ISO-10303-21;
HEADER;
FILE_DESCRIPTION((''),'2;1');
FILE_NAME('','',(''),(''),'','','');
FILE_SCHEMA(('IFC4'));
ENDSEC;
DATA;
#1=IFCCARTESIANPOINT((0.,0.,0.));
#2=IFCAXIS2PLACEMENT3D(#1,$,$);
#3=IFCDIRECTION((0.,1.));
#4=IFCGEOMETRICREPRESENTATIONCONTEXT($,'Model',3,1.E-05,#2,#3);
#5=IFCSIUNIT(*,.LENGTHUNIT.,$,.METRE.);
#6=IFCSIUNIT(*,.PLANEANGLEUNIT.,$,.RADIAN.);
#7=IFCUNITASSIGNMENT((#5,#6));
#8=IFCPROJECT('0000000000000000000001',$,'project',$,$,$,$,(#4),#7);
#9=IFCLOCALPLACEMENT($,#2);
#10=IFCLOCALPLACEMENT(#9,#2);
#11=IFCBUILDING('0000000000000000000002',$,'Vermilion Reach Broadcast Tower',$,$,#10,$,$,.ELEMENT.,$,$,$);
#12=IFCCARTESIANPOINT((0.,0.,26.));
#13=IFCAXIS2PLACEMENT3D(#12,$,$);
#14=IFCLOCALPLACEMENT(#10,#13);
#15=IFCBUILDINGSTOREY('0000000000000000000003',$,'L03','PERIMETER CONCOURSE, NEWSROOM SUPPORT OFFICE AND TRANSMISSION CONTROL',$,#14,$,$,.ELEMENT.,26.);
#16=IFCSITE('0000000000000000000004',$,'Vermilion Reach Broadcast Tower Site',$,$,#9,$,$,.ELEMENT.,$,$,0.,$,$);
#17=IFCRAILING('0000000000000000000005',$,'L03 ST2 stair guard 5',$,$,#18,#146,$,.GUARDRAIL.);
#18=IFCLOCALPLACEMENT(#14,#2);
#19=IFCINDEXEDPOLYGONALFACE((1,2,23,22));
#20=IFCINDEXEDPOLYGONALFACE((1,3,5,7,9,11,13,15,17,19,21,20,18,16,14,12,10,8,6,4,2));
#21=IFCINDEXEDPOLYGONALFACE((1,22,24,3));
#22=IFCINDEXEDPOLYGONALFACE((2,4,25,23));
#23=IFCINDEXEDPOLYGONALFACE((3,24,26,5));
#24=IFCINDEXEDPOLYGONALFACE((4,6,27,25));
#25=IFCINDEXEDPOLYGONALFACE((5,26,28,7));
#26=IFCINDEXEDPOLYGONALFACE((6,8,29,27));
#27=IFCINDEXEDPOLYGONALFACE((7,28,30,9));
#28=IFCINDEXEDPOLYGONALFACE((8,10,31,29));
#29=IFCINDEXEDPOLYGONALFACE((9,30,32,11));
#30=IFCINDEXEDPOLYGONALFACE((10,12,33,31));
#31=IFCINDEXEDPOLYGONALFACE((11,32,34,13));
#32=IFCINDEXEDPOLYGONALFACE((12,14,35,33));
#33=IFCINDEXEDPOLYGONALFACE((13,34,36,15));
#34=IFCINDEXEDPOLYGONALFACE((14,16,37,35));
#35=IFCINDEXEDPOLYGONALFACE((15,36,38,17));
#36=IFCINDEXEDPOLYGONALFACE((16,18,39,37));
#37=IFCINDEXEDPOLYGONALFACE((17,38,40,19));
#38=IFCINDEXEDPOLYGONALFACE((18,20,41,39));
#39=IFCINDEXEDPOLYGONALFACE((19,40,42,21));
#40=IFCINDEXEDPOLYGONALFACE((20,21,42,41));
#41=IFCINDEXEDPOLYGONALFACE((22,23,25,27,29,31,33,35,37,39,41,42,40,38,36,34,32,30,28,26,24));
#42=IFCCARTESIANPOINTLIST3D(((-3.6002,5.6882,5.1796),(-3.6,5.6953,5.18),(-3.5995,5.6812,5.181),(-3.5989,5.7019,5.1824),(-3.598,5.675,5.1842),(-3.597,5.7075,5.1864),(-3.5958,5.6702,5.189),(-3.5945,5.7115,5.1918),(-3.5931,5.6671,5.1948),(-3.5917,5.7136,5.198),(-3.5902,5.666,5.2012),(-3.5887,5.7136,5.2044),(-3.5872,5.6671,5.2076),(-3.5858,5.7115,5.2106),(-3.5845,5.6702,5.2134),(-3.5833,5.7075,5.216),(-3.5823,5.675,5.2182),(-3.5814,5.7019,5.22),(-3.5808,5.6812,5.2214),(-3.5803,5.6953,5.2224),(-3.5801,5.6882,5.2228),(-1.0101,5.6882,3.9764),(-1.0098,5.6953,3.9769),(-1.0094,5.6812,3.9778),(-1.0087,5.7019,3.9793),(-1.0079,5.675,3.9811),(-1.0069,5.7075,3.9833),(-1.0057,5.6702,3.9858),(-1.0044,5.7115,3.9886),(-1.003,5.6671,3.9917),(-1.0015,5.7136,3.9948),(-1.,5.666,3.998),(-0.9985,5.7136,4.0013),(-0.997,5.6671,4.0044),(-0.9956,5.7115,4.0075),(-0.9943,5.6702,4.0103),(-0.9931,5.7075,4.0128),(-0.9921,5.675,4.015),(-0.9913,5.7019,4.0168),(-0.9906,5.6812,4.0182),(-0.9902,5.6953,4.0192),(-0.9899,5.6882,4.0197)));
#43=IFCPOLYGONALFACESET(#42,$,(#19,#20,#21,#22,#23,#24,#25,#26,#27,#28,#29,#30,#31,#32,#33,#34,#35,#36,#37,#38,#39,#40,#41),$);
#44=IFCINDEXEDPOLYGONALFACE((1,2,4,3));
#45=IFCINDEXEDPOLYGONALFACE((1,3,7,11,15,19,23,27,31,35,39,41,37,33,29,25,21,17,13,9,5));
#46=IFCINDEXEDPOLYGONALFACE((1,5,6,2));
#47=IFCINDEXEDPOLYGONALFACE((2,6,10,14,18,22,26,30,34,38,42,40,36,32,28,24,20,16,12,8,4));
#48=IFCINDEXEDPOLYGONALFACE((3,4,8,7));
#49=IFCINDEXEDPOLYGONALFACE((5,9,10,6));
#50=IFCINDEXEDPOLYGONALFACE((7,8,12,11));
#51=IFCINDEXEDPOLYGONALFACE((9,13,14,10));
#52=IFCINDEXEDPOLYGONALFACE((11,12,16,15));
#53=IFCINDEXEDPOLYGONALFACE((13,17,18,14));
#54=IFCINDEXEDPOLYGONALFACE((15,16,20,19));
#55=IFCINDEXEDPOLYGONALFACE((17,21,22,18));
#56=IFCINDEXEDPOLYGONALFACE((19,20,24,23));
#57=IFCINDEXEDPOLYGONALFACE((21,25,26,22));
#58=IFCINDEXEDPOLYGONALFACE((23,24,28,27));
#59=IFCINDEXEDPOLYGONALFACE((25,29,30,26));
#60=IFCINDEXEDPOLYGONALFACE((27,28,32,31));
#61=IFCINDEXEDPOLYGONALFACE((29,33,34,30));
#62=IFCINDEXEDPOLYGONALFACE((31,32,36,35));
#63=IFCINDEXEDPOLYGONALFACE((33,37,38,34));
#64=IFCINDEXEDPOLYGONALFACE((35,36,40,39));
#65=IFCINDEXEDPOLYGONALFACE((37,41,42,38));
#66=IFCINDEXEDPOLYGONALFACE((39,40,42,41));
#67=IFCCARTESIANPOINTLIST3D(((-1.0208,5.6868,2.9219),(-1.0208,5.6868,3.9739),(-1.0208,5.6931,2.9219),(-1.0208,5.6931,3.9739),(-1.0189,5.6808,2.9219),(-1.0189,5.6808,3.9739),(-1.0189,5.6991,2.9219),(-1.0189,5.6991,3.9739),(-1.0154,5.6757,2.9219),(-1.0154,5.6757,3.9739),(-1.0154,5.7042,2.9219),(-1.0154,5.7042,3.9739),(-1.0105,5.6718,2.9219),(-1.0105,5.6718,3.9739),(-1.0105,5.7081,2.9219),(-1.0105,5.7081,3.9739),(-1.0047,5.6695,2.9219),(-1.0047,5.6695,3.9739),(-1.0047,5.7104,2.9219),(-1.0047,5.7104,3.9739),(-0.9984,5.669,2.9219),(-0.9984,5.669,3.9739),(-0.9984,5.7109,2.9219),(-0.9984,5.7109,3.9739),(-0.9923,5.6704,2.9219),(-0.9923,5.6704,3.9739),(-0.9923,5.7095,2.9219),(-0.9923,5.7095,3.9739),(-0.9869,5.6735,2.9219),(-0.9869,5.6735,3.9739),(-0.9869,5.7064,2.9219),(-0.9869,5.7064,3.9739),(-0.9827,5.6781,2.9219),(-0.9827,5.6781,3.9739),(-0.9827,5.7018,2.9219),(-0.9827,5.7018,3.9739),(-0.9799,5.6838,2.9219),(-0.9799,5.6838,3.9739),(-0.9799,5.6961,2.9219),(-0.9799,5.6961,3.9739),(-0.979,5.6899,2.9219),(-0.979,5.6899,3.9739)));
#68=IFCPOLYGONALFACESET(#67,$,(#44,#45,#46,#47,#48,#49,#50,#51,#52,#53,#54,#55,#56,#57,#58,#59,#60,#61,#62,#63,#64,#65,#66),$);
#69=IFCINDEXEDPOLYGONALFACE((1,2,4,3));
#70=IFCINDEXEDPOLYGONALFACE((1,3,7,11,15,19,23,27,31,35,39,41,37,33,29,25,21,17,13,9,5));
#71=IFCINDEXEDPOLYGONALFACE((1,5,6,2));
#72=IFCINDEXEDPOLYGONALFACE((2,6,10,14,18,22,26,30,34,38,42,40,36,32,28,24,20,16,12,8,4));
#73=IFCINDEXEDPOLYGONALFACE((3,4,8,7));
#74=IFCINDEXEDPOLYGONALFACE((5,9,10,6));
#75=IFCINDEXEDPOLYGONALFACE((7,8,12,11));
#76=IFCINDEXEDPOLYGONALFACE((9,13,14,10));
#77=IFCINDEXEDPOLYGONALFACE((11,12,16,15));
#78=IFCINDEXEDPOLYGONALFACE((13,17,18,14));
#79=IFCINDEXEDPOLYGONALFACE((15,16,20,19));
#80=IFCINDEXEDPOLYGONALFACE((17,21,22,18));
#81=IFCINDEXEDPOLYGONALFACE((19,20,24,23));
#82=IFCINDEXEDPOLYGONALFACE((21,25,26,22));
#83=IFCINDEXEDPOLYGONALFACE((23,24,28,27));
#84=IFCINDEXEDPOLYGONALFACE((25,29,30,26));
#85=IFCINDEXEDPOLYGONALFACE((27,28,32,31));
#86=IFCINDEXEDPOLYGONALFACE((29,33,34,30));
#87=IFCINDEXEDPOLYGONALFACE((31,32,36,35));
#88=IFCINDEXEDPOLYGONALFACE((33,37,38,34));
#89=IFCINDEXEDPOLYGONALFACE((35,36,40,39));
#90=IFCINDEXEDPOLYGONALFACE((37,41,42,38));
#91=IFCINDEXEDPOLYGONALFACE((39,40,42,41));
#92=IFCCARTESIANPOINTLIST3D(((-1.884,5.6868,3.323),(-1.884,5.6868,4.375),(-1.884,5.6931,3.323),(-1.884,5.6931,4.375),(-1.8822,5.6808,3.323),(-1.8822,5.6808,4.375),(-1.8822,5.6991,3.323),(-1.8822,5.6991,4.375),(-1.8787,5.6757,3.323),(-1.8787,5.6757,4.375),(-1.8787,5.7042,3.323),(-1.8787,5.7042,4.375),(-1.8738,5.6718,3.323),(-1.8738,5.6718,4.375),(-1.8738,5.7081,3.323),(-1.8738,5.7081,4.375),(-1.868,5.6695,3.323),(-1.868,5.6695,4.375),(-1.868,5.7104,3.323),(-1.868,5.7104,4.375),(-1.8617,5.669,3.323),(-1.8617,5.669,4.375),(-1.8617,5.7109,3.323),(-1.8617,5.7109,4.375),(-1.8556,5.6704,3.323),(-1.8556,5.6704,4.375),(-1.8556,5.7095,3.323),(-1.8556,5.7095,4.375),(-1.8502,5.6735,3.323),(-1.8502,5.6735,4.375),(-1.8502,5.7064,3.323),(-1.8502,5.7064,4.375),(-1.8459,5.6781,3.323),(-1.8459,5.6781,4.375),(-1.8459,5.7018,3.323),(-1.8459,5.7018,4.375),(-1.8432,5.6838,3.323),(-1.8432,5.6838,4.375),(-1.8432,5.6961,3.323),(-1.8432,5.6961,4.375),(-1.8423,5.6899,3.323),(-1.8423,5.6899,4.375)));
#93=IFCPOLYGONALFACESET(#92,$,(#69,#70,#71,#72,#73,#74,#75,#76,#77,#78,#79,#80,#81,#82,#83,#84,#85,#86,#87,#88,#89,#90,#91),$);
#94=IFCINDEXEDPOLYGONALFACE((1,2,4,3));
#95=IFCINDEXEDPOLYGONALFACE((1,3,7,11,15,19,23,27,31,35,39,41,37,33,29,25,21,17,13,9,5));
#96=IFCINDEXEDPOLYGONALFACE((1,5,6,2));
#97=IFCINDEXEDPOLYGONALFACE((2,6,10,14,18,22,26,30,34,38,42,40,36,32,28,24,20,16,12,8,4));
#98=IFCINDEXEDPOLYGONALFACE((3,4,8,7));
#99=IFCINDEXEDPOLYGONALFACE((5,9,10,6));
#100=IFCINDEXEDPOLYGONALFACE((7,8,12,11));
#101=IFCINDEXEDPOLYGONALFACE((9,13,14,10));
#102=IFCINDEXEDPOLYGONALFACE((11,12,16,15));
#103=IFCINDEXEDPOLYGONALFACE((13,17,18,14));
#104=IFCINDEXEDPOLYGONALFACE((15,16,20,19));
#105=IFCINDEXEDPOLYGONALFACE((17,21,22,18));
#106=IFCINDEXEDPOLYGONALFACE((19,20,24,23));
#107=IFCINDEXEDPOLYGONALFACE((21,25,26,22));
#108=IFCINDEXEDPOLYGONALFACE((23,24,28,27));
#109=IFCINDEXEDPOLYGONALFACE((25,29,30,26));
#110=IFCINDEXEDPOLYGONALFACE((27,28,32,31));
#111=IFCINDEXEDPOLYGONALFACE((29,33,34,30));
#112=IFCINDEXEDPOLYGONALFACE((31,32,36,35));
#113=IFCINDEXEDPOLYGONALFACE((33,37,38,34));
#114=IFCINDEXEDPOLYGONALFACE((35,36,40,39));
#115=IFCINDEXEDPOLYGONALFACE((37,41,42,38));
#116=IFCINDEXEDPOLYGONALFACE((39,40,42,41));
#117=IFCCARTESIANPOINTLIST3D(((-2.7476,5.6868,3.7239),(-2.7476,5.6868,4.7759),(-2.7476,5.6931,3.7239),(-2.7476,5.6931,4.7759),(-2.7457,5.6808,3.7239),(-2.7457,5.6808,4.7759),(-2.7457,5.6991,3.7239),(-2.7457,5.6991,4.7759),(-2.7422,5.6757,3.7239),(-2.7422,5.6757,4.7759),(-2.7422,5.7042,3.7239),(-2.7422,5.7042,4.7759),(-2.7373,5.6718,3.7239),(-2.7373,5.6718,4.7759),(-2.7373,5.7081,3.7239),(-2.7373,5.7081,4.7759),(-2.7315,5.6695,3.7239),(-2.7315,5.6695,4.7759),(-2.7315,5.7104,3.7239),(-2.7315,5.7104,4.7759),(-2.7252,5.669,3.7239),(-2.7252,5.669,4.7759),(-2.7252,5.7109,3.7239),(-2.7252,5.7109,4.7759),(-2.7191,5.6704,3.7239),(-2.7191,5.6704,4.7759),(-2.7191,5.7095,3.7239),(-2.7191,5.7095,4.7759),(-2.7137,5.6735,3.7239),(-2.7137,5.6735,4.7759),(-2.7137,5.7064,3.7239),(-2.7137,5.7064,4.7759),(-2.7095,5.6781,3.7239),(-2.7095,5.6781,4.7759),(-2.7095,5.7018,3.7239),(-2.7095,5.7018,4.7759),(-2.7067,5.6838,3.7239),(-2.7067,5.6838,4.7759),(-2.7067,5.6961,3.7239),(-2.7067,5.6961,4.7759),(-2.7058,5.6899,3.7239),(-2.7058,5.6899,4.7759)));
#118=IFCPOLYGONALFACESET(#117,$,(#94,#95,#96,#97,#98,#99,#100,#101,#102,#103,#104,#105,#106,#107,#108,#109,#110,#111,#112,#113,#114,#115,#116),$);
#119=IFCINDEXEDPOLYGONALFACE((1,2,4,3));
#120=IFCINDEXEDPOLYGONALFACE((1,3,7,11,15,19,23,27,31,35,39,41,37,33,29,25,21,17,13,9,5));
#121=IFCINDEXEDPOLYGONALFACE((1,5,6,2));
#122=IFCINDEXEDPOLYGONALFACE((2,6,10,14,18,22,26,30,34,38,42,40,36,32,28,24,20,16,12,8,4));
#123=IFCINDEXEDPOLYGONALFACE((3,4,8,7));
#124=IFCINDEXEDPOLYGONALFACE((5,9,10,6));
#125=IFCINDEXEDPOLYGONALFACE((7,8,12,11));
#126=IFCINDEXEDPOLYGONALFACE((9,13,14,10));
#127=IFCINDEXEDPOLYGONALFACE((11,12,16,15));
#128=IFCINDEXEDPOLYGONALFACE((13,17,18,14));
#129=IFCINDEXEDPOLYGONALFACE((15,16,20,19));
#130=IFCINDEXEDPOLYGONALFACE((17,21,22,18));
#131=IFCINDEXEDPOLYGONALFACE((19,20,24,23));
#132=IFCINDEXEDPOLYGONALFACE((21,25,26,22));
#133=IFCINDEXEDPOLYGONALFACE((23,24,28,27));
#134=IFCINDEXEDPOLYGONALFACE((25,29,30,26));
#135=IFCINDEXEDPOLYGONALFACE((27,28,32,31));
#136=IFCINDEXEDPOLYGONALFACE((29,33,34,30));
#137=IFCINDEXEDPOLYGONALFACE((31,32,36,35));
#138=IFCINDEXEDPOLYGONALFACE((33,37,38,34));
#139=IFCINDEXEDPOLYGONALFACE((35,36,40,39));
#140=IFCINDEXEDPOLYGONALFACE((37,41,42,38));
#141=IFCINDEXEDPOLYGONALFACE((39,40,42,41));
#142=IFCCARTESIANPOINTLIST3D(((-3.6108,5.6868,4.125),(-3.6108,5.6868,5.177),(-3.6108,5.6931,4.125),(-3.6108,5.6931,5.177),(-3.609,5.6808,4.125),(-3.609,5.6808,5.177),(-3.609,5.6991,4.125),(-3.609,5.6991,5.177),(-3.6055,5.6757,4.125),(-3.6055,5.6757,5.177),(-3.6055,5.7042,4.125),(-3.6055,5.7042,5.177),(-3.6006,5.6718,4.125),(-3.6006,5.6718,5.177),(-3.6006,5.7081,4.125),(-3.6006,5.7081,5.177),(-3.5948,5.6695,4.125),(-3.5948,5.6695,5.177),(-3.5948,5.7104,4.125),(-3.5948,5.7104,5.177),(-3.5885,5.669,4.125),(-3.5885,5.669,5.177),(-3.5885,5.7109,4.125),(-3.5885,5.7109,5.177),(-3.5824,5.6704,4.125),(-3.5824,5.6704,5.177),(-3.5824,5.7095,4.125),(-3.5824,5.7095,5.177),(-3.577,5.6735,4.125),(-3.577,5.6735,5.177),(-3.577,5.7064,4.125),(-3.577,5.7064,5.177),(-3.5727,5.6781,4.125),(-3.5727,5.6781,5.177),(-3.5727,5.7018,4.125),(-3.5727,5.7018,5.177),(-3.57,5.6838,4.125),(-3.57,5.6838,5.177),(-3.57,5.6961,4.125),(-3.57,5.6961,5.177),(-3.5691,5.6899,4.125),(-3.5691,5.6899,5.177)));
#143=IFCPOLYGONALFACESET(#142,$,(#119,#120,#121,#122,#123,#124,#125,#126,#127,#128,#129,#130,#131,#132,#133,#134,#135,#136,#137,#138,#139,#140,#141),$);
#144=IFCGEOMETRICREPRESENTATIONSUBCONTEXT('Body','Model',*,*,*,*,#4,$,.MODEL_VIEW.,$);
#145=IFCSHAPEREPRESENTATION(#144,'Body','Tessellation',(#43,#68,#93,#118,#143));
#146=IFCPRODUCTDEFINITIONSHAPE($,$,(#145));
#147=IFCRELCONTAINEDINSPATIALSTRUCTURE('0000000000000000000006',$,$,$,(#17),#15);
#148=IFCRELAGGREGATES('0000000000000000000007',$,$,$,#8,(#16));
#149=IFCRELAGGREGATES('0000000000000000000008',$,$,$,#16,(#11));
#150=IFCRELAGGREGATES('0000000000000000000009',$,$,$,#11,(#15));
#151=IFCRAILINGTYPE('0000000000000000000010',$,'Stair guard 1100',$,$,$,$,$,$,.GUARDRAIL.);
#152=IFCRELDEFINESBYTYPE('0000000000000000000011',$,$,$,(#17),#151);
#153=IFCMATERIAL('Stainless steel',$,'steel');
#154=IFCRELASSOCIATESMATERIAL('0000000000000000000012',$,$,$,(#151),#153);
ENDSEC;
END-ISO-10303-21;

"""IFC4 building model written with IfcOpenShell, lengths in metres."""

from ifc_helpers import new_model, si_unit, direction, frame, origin, origin_2d, place, context, subcontext, project, spatial, circle, extrude, material, type_object, element, save


model = new_model("IFC4")

# Units and contexts
model_context = context("Model", 3, precision=1e-05, world=origin(), true_north=direction((0.0, 1.0)))
body_context = subcontext(model_context, "Body", "Model", "MODEL_VIEW")
ifc_project = project(units=[si_unit("LENGTHUNIT", "METRE"), si_unit("PLANEANGLEUNIT", "RADIAN")], contexts=[model_context])

# Site, building, storey
site_placement = place(None, origin())
site = spatial("IfcSite", under=ifc_project, at=site_placement, Name="Vermilion Reach Broadcast Tower Site", CompositionType="ELEMENT", RefElevation=0.0)
building_placement = place(site_placement, origin())
building = spatial("IfcBuilding", under=site, at=building_placement, Name="Vermilion Reach Broadcast Tower", CompositionType="ELEMENT")
storey_placement = place(building_placement, frame((0.0, 0.0, 26.0)))
storey = spatial("IfcBuildingStorey", under=building, at=storey_placement, Name="L03", Description="PERIMETER CONCOURSE, NEWSROOM SUPPORT OFFICE AND TRANSMISSION CONTROL", CompositionType="ELEMENT", Elevation=26.0)

# Railing
ifc_material_1 = material(Name="Stainless steel", Category="steel")
railing_type_1 = type_object("IfcRailingType", Name="Stair guard 1100", PredefinedType="GUARDRAIL", material=ifc_material_1)
railing_1_placement = place(storey_placement, frame((-1.0, 5.6899, 2.9219)))
element("IfcRailing", 1, at=railing_1_placement, inside=storey, type_object=railing_type_1, Name="L03 ST2 stair guard 5", PredefinedType="GUARDRAIL", context=body_context, shape_type="SweptSolid", body=[
    extrude(circle(Radius=0.0239, at=origin_2d()), frame((0.0, 0.0, 1.0762), z_axis=(-0.906931, 0.0, 0.42128), x_axis=(0.0, -1.0, 0.0)), (0.0, 0.0, 1.0), 2.856),
    extrude(circle(Radius=0.021, at=origin_2d()), origin(), (0.0, 0.0, 1.0), 1.052),
    extrude(circle(Radius=0.021, at=origin_2d()), frame((-0.8633, 0.0, 0.4011)), (0.0, 0.0, 1.0), 1.052),
    extrude(circle(Radius=0.021, at=origin_2d()), frame((-1.7268, 0.0, 0.802)), (0.0, 0.0, 1.0), 1.052),
    extrude(circle(Radius=0.021, at=origin_2d()), frame((-2.5901, 0.0, 1.2031)), (0.0, 0.0, 1.0), 1.052),
])

save(model, "model.ifc")
